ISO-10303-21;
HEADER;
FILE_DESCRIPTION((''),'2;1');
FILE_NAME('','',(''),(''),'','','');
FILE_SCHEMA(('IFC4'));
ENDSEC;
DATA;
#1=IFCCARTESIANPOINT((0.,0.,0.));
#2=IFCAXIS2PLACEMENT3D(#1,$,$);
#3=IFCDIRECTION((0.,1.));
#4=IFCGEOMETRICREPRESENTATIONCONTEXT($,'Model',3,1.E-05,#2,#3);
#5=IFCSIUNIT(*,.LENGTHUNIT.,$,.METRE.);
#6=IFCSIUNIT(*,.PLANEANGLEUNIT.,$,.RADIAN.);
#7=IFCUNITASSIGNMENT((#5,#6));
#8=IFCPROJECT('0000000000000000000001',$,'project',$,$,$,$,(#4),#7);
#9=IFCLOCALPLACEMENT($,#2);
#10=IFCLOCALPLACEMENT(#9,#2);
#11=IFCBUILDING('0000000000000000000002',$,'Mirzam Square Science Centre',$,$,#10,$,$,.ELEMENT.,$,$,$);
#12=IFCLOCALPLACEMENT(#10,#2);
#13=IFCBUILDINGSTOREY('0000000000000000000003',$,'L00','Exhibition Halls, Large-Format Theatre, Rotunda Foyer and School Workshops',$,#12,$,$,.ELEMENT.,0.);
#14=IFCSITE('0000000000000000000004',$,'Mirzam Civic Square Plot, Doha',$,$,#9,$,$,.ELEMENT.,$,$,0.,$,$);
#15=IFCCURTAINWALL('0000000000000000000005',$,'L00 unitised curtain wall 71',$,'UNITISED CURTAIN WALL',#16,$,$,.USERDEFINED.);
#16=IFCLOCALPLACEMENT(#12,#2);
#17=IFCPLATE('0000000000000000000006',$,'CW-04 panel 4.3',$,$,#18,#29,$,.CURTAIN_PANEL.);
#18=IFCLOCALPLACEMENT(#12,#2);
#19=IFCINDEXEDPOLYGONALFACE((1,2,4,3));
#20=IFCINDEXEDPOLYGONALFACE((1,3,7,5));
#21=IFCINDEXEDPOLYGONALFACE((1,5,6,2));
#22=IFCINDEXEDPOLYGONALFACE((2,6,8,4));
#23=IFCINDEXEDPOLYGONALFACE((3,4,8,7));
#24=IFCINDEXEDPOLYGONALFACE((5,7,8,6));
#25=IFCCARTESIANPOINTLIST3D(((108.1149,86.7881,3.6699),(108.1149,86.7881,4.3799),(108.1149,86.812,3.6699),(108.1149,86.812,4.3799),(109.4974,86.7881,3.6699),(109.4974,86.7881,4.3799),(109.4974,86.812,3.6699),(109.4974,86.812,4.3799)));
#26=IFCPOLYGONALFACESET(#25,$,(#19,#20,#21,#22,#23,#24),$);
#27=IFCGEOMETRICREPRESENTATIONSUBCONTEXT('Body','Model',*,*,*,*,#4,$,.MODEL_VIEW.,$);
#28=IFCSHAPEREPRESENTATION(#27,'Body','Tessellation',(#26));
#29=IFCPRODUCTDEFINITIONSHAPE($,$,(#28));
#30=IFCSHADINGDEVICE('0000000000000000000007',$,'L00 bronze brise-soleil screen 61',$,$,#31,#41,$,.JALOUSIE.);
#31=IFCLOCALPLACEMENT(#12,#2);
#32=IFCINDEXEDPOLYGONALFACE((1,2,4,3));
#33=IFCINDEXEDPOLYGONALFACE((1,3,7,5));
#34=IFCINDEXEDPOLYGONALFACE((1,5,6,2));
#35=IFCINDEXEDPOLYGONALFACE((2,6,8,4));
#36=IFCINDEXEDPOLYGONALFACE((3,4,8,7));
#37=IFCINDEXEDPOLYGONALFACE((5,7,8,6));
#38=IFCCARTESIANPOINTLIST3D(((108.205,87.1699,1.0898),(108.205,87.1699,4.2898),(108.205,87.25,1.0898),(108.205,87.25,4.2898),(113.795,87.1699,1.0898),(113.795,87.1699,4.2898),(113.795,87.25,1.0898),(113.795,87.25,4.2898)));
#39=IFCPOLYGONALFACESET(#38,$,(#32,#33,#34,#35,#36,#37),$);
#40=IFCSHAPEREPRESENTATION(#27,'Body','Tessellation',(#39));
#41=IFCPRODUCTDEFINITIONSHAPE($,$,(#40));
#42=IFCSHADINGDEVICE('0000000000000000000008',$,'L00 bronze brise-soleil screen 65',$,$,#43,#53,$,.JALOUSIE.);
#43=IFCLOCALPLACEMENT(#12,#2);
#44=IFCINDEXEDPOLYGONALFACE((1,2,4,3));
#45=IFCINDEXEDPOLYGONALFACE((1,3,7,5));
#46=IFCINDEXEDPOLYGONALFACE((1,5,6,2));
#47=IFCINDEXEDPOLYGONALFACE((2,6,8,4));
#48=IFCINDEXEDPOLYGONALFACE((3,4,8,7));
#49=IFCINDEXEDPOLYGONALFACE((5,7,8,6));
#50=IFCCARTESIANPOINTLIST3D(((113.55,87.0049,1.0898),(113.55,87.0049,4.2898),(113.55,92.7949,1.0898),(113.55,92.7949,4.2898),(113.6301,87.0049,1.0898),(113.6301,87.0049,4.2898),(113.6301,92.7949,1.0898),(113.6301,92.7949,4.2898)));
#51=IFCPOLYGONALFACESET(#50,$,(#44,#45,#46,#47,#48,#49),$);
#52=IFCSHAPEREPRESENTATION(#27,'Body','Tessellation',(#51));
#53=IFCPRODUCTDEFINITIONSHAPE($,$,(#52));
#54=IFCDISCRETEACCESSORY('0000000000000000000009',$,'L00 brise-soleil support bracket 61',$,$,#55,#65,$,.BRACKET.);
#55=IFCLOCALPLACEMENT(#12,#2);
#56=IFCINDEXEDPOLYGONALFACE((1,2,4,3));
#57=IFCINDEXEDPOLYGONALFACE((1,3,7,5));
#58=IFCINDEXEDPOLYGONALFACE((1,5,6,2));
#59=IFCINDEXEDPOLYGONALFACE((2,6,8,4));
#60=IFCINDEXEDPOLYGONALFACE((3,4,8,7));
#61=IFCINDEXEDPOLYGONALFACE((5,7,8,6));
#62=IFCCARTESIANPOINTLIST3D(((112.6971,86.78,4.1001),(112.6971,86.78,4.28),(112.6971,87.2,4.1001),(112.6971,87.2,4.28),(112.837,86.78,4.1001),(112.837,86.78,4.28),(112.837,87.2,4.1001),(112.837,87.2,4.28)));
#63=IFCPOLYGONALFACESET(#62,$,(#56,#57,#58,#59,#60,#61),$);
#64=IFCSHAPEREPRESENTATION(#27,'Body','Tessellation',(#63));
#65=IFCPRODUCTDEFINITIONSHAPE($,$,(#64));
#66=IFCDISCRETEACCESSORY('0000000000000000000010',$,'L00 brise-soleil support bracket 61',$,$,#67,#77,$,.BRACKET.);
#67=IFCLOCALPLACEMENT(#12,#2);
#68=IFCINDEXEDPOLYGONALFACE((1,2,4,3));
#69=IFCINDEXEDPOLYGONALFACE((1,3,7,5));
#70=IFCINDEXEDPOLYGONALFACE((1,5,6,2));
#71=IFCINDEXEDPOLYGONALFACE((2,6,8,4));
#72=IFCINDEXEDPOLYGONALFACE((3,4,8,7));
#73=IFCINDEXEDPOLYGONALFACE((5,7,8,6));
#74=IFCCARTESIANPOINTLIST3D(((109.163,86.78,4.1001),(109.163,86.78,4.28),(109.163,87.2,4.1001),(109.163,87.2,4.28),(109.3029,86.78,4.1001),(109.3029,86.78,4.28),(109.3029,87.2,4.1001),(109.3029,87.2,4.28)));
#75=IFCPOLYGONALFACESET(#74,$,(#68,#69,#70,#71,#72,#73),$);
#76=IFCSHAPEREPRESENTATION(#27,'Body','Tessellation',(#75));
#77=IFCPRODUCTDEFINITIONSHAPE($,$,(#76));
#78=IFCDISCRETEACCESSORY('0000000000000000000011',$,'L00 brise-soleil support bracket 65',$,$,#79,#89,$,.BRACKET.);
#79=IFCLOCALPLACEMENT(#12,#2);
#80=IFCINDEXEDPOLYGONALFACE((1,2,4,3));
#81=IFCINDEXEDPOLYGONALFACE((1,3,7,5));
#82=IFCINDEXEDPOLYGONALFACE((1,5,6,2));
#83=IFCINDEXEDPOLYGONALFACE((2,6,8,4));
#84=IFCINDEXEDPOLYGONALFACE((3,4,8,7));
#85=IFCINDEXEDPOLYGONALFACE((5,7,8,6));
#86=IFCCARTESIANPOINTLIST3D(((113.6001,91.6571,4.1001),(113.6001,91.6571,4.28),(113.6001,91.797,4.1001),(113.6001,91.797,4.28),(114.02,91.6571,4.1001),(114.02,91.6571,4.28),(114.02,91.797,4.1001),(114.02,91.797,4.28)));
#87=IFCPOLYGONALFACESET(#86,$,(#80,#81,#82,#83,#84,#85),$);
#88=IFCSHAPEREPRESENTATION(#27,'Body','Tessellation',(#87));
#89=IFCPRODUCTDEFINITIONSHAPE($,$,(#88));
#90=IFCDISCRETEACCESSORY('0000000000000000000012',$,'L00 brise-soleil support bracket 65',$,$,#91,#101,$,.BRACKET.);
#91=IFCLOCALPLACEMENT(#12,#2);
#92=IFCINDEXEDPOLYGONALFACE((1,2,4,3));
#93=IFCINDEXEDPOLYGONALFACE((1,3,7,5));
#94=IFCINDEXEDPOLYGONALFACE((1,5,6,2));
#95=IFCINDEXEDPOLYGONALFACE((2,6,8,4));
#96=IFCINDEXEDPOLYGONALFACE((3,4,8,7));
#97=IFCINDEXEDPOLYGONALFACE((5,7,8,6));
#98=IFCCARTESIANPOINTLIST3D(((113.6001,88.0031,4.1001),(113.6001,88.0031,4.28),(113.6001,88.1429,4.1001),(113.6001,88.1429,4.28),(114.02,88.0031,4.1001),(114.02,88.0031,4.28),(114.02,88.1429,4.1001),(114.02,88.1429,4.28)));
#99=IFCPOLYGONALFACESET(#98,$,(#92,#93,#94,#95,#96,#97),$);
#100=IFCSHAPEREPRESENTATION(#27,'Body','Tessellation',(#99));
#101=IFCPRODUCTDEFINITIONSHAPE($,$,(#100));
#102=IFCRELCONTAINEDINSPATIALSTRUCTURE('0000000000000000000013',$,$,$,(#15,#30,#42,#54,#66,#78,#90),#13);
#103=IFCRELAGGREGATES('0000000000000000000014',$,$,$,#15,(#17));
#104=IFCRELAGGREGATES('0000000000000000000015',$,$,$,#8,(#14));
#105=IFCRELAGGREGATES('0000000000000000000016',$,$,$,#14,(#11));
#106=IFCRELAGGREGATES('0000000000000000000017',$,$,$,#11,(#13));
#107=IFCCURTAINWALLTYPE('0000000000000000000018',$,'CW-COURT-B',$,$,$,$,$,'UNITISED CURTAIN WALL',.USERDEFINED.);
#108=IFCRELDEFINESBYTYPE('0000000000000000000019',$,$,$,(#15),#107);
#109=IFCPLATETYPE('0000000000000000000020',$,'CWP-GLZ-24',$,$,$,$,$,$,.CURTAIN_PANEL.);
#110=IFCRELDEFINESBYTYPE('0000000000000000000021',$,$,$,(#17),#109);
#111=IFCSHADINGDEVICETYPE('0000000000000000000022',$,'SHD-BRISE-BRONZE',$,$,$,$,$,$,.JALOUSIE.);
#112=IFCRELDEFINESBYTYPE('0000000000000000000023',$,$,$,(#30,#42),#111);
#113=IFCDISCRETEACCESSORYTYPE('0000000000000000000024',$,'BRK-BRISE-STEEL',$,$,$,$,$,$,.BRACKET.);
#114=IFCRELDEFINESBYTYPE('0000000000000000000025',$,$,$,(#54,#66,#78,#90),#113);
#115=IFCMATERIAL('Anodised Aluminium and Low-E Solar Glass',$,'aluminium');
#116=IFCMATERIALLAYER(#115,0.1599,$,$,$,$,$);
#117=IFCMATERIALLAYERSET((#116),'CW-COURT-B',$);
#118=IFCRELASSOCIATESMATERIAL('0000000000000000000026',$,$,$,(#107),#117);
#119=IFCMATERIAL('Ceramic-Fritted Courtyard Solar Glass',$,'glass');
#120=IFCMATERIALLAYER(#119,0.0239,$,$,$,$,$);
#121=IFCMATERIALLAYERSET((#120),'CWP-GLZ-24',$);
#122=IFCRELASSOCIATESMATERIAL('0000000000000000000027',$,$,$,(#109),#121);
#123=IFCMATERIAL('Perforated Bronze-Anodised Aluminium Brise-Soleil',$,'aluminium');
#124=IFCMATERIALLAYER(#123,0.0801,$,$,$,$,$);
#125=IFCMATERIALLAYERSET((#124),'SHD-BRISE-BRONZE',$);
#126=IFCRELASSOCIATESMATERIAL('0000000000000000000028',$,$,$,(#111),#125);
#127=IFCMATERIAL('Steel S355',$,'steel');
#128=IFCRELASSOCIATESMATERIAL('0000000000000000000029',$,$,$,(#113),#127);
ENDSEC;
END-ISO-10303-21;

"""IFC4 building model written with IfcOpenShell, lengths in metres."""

from ifc_helpers import new_model, si_unit, direction, frame, origin, origin_2d, place, context, subcontext, project, spatial, rectangle, extrude, material, layer, layer_set, type_object, element, aggregate, save


model = new_model("IFC4")

# Units and contexts
model_context = context("Model", 3, precision=1e-05, world=origin(), true_north=direction((0.0, 1.0)))
body_context = subcontext(model_context, "Body", "Model", "MODEL_VIEW")
ifc_project = project(units=[si_unit("LENGTHUNIT", "METRE"), si_unit("PLANEANGLEUNIT", "RADIAN")], contexts=[model_context])

# Site, building, storey
site_placement = place(None, origin())
site = spatial("IfcSite", under=ifc_project, at=site_placement, Name="Mirzam Civic Square Plot, Doha", CompositionType="ELEMENT", RefElevation=0.0)
building_placement = place(site_placement, origin())
building = spatial("IfcBuilding", under=site, at=building_placement, Name="Mirzam Square Science Centre", CompositionType="ELEMENT")
storey_placement = place(building_placement, origin())
storey = spatial("IfcBuildingStorey", under=building, at=storey_placement, Name="L00", Description="Exhibition Halls, Large-Format Theatre, Rotunda Foyer and School Workshops", CompositionType="ELEMENT", Elevation=0.0)

# Curtain wall, plate
ifc_material_1 = material(Name="Anodised Aluminium and Low-E Solar Glass", Category="aluminium")
ifc_layer_1 = layer(ifc_material_1, 0.1599)
ifc_layer_set_1 = layer_set([ifc_layer_1], Name="CW-COURT-B")
curtain_wall_type = type_object("IfcCurtainWallType", Name="CW-COURT-B", ElementType="UNITISED CURTAIN WALL", PredefinedType="USERDEFINED", material=ifc_layer_set_1)
curtain_wall_placement = place(storey_placement, origin())
curtain_wall = element("IfcCurtainWall", 1, at=curtain_wall_placement, inside=storey, type_object=curtain_wall_type, Name="L00 unitised curtain wall 71", ObjectType="UNITISED CURTAIN WALL", PredefinedType="USERDEFINED")
ifc_material_2 = material(Name="Ceramic-Fritted Courtyard Solar Glass", Category="glass")
ifc_layer_2 = layer(ifc_material_2, 0.0239)
ifc_layer_set_2 = layer_set([ifc_layer_2], Name="CWP-GLZ-24")
plate_type = type_object("IfcPlateType", Name="CWP-GLZ-24", PredefinedType="CURTAIN_PANEL", material=ifc_layer_set_2)
plate_1_placement = place(storey_placement, frame((108.8062, 86.8, 3.6699), z_axis=(0.0, 0.0, 1.0), x_axis=(-1.0, 0.0, 0.0)))
plate_1 = element("IfcPlate", 2, at=plate_1_placement, type_object=plate_type, Name="CW-04 panel 4.3", PredefinedType="CURTAIN_PANEL", context=body_context, shape_type="SweptSolid", body=[
    extrude(rectangle(XDim=1.3826, YDim=0.0239, at=origin_2d()), origin(), (0.0, 0.0, 1.0), 0.71),
])
aggregate(curtain_wall, [plate_1])

# Shading devices
ifc_material_3 = material(Name="Perforated Bronze-Anodised Aluminium Brise-Soleil", Category="aluminium")
ifc_layer_3 = layer(ifc_material_3, 0.0801)
ifc_layer_set_3 = layer_set([ifc_layer_3], Name="SHD-BRISE-BRONZE")
shading_device_type = type_object("IfcShadingDeviceType", Name="SHD-BRISE-BRONZE", PredefinedType="JALOUSIE", material=ifc_layer_set_3)
shading_device_1_placement = place(storey_placement, frame((111.0, 87.21, 1.0898), z_axis=(0.0, 0.0, 1.0), x_axis=(-1.0, 0.0, 0.0)))
element("IfcShadingDevice", 3, at=shading_device_1_placement, inside=storey, type_object=shading_device_type, Name="L00 bronze brise-soleil screen 61", PredefinedType="JALOUSIE", context=body_context, shape_type="SweptSolid", body=[
    extrude(rectangle(XDim=5.5901, YDim=0.0801, at=origin_2d()), origin(), (0.0, 0.0, 1.0), 3.2),
])
shading_device_2_placement = place(storey_placement, frame((113.5901, 89.8999, 1.0898), z_axis=(0.0, 0.0, 1.0), x_axis=(0.0, -1.0, 0.0)))
element("IfcShadingDevice", 4, at=shading_device_2_placement, inside=storey, type_object=shading_device_type, Name="L00 bronze brise-soleil screen 65", PredefinedType="JALOUSIE", context=body_context, shape_type="SweptSolid", body=[
    extrude(rectangle(XDim=5.79, YDim=0.0801, at=origin_2d()), origin(), (0.0, 0.0, 1.0), 3.2),
])

# Discrete accessories
ifc_material_4 = material(Name="Steel S355", Category="steel")
discrete_accessory_type = type_object("IfcDiscreteAccessoryType", Name="BRK-BRISE-STEEL", PredefinedType="BRACKET", material=ifc_material_4)
for number, where, z_axis, x_axis, name in (
    (5, (112.7671, 86.99, 4.1001), (0.0, 0.0, 1.0), (-1.0, 0.0, 0.0), "L00 brise-soleil support bracket 61"),
    (6, (109.2329, 86.99, 4.1001), (0.0, 0.0, 1.0), (-1.0, 0.0, 0.0), "L00 brise-soleil support bracket 61"),
    (7, (113.8101, 91.7271, 4.1001), (0.0, 0.0, 1.0), (0.0, -1.0, 0.0), "L00 brise-soleil support bracket 65"),
    (8, (113.8101, 88.073, 4.1001), (0.0, 0.0, 1.0), (0.0, -1.0, 0.0), "L00 brise-soleil support bracket 65"),
):
    element("IfcDiscreteAccessory", number, at=place(storey_placement, frame(where, z_axis=z_axis, x_axis=x_axis)), inside=storey, type_object=discrete_accessory_type, Name=name, PredefinedType="BRACKET", context=body_context, shape_type="SweptSolid", body=[
        extrude(rectangle(XDim=0.1399, YDim=0.4199, at=origin_2d()), origin(), (0.0, 0.0, 1.0), 0.1799),
    ])

save(model, "model.ifc")
